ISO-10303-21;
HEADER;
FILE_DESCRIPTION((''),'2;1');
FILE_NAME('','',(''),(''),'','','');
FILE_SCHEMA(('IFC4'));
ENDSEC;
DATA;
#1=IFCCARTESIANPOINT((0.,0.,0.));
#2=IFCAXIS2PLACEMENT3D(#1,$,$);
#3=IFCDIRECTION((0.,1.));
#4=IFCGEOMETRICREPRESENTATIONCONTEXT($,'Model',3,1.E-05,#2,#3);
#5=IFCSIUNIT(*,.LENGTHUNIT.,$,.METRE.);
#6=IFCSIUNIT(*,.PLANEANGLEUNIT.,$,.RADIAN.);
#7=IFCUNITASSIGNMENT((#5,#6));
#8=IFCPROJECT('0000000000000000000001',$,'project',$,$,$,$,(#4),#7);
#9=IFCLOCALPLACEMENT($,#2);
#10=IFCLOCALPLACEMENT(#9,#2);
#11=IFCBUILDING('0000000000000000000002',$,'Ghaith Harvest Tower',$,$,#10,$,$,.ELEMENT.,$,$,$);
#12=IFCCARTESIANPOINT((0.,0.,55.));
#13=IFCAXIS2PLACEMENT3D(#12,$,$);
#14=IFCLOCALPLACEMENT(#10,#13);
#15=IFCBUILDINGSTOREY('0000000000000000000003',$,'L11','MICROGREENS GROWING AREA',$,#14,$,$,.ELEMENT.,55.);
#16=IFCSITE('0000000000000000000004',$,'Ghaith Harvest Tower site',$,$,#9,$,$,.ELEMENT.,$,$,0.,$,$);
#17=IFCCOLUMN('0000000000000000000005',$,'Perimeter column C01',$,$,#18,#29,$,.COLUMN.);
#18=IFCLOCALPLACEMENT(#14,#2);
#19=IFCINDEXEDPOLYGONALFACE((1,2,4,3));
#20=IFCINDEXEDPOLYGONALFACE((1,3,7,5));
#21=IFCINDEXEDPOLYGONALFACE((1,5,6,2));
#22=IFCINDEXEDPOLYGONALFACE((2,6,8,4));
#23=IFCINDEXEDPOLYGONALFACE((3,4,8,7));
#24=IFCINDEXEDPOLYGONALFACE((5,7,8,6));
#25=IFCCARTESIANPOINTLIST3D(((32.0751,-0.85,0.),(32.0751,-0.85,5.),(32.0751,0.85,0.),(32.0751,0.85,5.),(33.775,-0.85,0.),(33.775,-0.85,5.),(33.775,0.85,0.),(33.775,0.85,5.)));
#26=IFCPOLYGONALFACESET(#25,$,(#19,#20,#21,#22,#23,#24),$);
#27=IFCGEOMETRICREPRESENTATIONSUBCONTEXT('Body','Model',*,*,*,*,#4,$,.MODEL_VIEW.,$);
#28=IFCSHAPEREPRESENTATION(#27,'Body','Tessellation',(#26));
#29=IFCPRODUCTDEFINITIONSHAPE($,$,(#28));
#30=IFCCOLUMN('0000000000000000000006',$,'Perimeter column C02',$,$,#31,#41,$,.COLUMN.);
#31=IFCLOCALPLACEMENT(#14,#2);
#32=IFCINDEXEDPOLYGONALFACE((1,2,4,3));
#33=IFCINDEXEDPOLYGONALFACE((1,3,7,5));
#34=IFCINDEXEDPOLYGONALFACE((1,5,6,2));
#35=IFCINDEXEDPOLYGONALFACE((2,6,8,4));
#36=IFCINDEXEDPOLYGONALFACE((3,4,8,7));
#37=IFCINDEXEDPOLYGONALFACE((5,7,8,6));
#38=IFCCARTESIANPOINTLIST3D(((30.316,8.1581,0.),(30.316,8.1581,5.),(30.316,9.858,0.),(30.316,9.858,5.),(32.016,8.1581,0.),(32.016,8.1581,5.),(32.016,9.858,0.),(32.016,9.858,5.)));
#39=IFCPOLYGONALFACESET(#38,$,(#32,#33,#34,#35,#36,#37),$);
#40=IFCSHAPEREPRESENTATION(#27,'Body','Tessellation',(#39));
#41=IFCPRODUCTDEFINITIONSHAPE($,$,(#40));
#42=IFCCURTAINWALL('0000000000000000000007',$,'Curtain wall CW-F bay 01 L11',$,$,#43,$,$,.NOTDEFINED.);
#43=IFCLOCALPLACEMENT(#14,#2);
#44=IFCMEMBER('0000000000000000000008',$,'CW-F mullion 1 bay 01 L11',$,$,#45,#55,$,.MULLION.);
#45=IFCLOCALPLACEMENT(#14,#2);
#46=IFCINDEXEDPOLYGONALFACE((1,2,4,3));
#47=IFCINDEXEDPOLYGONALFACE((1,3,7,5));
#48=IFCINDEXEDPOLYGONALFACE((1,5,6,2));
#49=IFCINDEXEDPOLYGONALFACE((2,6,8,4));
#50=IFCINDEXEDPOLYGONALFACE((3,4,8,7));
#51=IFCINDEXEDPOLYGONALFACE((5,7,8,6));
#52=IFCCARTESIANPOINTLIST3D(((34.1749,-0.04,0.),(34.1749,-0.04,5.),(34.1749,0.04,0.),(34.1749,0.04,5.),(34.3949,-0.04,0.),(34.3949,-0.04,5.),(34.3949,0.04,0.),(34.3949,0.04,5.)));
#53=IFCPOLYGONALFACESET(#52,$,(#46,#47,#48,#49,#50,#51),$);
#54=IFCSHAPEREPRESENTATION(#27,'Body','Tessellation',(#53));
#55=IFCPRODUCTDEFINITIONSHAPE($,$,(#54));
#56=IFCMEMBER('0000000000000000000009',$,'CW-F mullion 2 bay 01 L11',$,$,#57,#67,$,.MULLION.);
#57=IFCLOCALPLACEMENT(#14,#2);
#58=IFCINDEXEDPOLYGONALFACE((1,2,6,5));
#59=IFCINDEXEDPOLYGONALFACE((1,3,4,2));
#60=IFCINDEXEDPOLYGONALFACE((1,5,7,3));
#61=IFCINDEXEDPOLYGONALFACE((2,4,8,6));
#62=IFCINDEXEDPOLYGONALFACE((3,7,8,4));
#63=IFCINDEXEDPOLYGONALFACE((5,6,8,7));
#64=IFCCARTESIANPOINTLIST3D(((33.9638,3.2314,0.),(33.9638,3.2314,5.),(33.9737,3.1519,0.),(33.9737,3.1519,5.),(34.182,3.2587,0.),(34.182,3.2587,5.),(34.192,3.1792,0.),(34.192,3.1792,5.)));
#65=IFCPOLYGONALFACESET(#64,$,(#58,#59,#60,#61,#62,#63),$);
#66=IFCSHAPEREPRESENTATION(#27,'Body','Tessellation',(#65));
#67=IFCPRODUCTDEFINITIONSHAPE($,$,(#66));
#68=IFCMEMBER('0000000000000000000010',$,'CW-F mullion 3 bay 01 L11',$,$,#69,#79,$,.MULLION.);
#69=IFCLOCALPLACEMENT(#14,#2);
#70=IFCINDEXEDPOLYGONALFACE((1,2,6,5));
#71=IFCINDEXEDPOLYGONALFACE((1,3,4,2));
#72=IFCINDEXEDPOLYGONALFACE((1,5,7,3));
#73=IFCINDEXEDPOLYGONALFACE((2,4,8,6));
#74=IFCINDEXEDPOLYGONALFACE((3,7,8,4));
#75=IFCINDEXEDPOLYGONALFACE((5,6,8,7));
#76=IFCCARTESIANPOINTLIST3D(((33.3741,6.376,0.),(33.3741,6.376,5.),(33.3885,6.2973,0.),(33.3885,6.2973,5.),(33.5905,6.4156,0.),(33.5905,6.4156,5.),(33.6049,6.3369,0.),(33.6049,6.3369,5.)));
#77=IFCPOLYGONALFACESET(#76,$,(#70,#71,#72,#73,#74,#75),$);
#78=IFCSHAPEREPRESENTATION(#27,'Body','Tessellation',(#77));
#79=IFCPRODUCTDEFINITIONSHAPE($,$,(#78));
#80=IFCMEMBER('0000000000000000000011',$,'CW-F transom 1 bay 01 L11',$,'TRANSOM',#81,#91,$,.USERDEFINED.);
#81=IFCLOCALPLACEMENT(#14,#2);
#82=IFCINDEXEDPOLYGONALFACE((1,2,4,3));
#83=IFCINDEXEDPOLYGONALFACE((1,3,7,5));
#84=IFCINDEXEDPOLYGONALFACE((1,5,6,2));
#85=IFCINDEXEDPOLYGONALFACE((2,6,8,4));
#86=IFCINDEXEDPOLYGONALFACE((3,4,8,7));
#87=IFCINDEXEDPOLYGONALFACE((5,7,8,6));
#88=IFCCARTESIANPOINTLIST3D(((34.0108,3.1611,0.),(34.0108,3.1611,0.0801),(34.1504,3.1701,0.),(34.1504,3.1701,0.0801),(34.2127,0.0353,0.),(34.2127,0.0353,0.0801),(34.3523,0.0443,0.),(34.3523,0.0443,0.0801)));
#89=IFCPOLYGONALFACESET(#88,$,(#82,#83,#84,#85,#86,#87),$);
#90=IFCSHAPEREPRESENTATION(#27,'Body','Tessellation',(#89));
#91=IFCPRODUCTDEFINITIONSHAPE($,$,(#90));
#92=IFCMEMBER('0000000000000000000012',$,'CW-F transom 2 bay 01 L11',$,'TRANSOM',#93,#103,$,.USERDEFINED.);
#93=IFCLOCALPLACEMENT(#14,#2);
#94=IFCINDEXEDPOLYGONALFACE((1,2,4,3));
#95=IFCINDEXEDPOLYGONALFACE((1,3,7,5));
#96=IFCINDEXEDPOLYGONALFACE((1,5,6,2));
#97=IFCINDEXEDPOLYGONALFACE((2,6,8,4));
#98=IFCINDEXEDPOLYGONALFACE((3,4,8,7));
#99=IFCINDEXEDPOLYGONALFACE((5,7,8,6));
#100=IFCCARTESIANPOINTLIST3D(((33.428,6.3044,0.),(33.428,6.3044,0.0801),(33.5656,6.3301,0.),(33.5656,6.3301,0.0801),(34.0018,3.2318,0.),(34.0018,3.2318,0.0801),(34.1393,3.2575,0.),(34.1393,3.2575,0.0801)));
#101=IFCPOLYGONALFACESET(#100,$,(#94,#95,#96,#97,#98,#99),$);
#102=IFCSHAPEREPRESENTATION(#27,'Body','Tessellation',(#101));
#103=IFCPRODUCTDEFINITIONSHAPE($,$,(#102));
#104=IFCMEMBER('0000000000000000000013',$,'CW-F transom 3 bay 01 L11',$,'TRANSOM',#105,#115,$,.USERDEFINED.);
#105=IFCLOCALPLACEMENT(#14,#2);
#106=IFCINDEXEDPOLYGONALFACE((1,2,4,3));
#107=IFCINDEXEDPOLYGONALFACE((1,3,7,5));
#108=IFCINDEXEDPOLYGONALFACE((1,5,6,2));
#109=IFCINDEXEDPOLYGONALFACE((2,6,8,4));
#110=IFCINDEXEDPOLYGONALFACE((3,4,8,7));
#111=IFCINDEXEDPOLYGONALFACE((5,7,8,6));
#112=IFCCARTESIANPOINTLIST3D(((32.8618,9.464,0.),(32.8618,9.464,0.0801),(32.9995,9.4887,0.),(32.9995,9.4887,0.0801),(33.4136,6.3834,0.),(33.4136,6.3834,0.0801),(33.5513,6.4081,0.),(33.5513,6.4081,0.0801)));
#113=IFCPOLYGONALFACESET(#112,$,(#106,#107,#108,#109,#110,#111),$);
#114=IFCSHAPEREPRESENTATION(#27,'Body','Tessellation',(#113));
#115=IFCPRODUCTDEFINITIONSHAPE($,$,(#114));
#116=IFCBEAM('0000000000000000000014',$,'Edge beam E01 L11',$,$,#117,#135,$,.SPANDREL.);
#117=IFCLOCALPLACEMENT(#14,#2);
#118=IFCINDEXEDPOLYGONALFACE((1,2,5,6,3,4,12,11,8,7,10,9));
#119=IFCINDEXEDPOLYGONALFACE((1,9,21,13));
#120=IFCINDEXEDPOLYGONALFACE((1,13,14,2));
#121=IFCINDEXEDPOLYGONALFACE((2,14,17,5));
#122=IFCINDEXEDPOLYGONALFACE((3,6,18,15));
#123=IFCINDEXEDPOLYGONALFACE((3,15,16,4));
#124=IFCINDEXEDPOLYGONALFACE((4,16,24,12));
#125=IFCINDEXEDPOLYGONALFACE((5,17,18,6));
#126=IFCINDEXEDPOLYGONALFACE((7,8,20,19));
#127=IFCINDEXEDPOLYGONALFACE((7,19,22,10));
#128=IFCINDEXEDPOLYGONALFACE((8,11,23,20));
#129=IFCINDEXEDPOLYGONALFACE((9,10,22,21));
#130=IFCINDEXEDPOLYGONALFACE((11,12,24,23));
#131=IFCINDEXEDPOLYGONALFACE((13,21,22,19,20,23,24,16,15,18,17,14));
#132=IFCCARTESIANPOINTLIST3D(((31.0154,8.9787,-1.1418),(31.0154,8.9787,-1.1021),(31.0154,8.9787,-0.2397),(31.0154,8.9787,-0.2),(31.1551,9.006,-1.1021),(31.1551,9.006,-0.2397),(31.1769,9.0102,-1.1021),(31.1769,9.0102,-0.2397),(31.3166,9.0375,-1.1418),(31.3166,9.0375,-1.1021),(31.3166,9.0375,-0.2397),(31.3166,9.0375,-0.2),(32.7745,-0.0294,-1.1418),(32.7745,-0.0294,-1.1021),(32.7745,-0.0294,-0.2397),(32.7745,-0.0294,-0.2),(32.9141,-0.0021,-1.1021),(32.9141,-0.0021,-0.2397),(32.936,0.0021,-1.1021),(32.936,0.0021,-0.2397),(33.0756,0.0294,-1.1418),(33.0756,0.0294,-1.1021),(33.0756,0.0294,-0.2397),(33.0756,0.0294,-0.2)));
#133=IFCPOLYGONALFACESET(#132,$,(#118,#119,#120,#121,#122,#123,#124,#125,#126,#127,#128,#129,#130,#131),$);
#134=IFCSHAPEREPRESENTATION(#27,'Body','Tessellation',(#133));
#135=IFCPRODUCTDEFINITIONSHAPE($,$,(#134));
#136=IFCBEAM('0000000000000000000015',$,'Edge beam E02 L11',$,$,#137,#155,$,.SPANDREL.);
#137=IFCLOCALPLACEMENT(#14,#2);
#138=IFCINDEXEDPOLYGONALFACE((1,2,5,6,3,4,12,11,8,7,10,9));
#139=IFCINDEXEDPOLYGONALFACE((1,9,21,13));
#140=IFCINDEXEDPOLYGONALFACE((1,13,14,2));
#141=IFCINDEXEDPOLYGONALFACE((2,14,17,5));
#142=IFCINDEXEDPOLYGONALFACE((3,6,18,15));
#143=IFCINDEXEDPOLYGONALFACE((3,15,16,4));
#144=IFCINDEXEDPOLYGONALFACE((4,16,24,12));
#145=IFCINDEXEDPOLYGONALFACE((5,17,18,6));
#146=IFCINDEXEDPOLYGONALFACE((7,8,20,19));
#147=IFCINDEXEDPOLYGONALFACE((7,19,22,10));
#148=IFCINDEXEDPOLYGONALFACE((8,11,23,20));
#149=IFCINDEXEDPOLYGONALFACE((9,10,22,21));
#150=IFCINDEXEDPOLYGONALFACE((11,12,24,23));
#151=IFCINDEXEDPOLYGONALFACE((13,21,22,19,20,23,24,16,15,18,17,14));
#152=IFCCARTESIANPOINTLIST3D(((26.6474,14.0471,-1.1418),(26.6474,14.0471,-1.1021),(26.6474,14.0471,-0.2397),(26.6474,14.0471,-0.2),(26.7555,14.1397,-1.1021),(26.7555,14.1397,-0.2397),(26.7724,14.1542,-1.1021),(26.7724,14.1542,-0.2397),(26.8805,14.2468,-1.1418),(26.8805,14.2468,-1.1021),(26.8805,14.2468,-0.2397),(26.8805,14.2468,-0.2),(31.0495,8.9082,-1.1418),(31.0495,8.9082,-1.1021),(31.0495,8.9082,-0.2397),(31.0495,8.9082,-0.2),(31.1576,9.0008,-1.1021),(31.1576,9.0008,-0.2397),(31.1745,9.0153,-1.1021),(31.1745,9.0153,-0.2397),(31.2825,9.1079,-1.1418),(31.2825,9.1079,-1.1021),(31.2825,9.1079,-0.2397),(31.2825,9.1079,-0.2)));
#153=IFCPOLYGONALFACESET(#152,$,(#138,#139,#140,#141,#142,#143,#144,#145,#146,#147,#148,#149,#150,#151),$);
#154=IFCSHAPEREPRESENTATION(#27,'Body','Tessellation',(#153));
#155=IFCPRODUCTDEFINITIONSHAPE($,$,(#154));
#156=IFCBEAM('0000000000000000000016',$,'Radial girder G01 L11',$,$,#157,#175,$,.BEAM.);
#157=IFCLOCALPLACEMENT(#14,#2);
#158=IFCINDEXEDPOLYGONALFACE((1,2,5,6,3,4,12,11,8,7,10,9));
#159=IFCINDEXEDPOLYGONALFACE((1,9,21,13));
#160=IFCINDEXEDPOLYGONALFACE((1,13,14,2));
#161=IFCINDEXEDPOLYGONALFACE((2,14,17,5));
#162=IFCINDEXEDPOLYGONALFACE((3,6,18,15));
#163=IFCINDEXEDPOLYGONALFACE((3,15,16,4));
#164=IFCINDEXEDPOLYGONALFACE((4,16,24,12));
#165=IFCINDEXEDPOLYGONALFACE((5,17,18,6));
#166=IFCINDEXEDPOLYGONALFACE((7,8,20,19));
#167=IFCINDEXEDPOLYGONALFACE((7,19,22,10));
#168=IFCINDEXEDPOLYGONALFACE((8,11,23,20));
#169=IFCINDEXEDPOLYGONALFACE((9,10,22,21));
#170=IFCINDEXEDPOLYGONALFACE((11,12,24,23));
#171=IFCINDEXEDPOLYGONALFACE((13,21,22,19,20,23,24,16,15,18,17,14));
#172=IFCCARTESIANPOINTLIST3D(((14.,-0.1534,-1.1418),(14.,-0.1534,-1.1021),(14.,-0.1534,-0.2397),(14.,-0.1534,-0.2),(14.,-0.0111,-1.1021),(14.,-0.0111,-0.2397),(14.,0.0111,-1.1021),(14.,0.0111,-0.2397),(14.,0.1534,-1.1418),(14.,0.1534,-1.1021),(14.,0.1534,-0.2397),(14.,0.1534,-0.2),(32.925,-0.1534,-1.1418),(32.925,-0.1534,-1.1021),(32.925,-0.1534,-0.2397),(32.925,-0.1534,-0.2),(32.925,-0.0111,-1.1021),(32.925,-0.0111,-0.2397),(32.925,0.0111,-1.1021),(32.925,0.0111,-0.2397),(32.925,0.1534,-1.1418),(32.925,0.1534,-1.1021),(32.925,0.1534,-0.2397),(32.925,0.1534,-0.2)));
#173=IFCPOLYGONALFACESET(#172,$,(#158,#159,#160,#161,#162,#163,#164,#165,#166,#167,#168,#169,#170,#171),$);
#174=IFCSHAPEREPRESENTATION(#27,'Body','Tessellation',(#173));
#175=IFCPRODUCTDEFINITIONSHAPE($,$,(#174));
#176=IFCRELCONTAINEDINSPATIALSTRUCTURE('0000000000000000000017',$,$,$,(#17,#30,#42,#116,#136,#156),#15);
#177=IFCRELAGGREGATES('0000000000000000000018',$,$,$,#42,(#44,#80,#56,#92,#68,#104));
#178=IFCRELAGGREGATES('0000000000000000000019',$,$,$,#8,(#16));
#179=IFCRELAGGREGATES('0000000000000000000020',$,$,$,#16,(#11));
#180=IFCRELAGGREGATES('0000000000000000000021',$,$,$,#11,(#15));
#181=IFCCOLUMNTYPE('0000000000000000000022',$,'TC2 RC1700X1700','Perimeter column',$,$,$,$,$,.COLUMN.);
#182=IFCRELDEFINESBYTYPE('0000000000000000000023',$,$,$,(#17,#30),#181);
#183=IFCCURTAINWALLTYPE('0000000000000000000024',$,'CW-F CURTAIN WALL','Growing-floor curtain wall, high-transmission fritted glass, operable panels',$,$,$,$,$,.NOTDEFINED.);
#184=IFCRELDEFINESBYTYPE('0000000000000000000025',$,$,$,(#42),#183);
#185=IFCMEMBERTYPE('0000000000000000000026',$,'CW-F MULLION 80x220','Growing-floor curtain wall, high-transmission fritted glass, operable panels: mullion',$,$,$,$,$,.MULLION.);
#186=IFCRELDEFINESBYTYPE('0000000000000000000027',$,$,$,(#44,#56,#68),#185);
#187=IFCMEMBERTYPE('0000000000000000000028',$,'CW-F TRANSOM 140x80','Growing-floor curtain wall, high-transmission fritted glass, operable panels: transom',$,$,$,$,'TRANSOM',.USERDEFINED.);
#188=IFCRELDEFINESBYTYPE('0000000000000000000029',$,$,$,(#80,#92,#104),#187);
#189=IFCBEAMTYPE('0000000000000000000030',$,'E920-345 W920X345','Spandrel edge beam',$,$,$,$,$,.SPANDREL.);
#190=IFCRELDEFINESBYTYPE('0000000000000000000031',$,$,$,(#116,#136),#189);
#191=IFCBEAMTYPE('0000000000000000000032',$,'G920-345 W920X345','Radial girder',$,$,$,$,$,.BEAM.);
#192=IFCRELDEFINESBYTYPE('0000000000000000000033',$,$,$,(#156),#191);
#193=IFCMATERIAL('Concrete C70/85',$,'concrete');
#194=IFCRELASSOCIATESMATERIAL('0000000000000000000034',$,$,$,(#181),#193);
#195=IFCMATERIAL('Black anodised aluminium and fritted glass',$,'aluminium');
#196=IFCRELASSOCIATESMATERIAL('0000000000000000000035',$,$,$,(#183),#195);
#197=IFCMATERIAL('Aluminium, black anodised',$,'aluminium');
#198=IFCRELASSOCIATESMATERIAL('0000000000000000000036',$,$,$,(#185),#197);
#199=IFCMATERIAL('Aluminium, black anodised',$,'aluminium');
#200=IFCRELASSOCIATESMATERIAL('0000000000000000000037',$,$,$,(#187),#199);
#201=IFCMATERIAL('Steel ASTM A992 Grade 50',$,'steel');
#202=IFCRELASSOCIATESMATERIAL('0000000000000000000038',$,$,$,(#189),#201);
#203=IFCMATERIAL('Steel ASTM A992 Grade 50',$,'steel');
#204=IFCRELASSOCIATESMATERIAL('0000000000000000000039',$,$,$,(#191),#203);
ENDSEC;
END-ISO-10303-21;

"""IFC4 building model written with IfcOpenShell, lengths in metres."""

from ifc_helpers import new_model, si_unit, direction, frame, origin, origin_2d, place, context, subcontext, project, spatial, rectangle, i_section, extrude, material, material_profile, profile_set, type_object, element, aggregate, save


model = new_model("IFC4")

# Units and contexts
model_context = context("Model", 3, precision=1e-05, world=origin(), true_north=direction((0.0, 1.0)))
body_context = subcontext(model_context, "Body", "Model", "MODEL_VIEW")
ifc_project = project(units=[si_unit("LENGTHUNIT", "METRE"), si_unit("PLANEANGLEUNIT", "RADIAN")], contexts=[model_context])

# Site, building, storey
site_placement = place(None, origin())
site = spatial("IfcSite", under=ifc_project, at=site_placement, Name="Ghaith Harvest Tower site", CompositionType="ELEMENT", RefElevation=0.0)
building_placement = place(site_placement, origin())
building = spatial("IfcBuilding", under=site, at=building_placement, Name="Ghaith Harvest Tower", CompositionType="ELEMENT")
storey_placement = place(building_placement, frame((0.0, 0.0, 55.0)))
storey = spatial("IfcBuildingStorey", under=building, at=storey_placement, Name="L11", Description="MICROGREENS GROWING AREA", CompositionType="ELEMENT", Elevation=55.0)

# Columns
ifc_material_1 = material(Name="Concrete C70/85", Category="concrete")
ifc_material_profile_1 = material_profile(ifc_material_1, rectangle(XDim=1.7, YDim=1.7, at=origin_2d()), Name="RC1700X1700")
ifc_profile_set_1 = profile_set([ifc_material_profile_1], Name="Concrete C70/85")
column_type = type_object("IfcColumnType", Name="TC2 RC1700X1700", Description="Perimeter column", PredefinedType="COLUMN", material=ifc_profile_set_1)
for number, where, z_axis, x_axis, name in (
    (1, (32.925, 0.0, 0.0), (0.0, 0.0, 1.0), (1.0, 0.0, 0.0), "Perimeter column C01"),
    (2, (31.166, 9.0081, 0.0), (0.0, 0.0, 1.0), (1.0, 0.0, 0.0), "Perimeter column C02"),
):
    element("IfcColumn", number, at=place(storey_placement, frame(where, z_axis=z_axis, x_axis=x_axis)), inside=storey, type_object=column_type, Name=name, PredefinedType="COLUMN", context=body_context, shape_type="SweptSolid", body=[
        extrude(rectangle(XDim=1.7, YDim=1.7, at=origin_2d()), origin(), (0.0, 0.0, 1.0), 5.0),
    ])

# Curtain wall, members
ifc_material_2 = material(Name="Black anodised aluminium and fritted glass", Category="aluminium")
curtain_wall_type = type_object("IfcCurtainWallType", Name="CW-F CURTAIN WALL", Description="Growing-floor curtain wall, high-transmission fritted glass, operable panels", PredefinedType="NOTDEFINED", material=ifc_material_2)
curtain_wall_placement = place(storey_placement, origin())
curtain_wall = element("IfcCurtainWall", 3, at=curtain_wall_placement, inside=storey, type_object=curtain_wall_type, Name="Curtain wall CW-F bay 01 L11", PredefinedType="NOTDEFINED")
ifc_material_3 = material(Name="Aluminium, black anodised", Category="aluminium")
ifc_material_profile_2 = material_profile(ifc_material_3, rectangle(XDim=0.0801, YDim=0.22, at=origin_2d()), Name="CW-F MULLION 80x220")
ifc_profile_set_2 = profile_set([ifc_material_profile_2], Name="Aluminium, black anodised")
member_type_1 = type_object("IfcMemberType", Name="CW-F MULLION 80x220", Description="Growing-floor curtain wall, high-transmission fritted glass, operable panels: mullion", PredefinedType="MULLION", material=ifc_profile_set_2)
member_1_placement = place(storey_placement, frame((34.2849, 0.0, 0.0), z_axis=(0.0, 0.0, 1.0), x_axis=(0.0, 1.0, 0.0)))
member_1 = element("IfcMember", 4, at=member_1_placement, type_object=member_type_1, Name="CW-F mullion 1 bay 01 L11", PredefinedType="MULLION", context=body_context, shape_type="SweptSolid", body=[
    extrude(rectangle(XDim=0.0801, YDim=0.22, at=origin_2d()), origin(), (0.0, 0.0, 1.0), 5.0),
])
member_2_placement = place(storey_placement, frame((34.0779, 3.2053, 0.0), z_axis=(0.0, 0.0, 1.0), x_axis=(-0.12417, 0.992261, 0.0)))
member_2 = element("IfcMember", 5, at=member_2_placement, type_object=member_type_1, Name="CW-F mullion 2 bay 01 L11", PredefinedType="MULLION", context=body_context, shape_type="SweptSolid", body=[
    extrude(rectangle(XDim=0.0801, YDim=0.22, at=origin_2d()), origin(), (0.0, 0.0, 1.0), 5.0),
])
member_3_placement = place(storey_placement, frame((33.4895, 6.3564, 0.0), z_axis=(0.0, 0.0, 1.0), x_axis=(-0.179943, 0.983677, 0.0)))
member_3 = element("IfcMember", 6, at=member_3_placement, type_object=member_type_1, Name="CW-F mullion 3 bay 01 L11", PredefinedType="MULLION", context=body_context, shape_type="SweptSolid", body=[
    extrude(rectangle(XDim=0.0801, YDim=0.22, at=origin_2d()), origin(), (0.0, 0.0, 1.0), 5.0),
])
ifc_material_4 = material(Name="Aluminium, black anodised", Category="aluminium")
ifc_material_profile_3 = material_profile(ifc_material_4, rectangle(XDim=0.1399, YDim=0.0801, at=origin_2d()), Name="CW-F TRANSOM 140x80")
ifc_profile_set_3 = profile_set([ifc_material_profile_3], Name="Aluminium, black anodised")
member_type_2 = type_object("IfcMemberType", Name="CW-F TRANSOM 140x80", Description="Growing-floor curtain wall, high-transmission fritted glass, operable panels: transom", ElementType="TRANSOM", PredefinedType="USERDEFINED", material=ifc_profile_set_3)
member_4_placement = place(storey_placement, frame((34.2825, 0.0398, 0.04), z_axis=(-0.06446, 0.99792, 0.0), x_axis=(-0.99792, -0.06446, 0.0)))
member_4 = element("IfcMember", 7, at=member_4_placement, type_object=member_type_2, Name="CW-F transom 1 bay 01 L11", ObjectType="TRANSOM", PredefinedType="USERDEFINED", context=body_context, shape_type="SweptSolid", body=[
    extrude(rectangle(XDim=0.1399, YDim=0.0801, at=origin_2d()), origin(), (0.0, 0.0, 1.0), 3.1323),
])
member_5_placement = place(storey_placement, frame((34.0706, 3.2446, 0.04), z_axis=(-0.183557, 0.983009, 0.0), x_axis=(-0.983009, -0.183557, 0.0)))
member_5 = element("IfcMember", 8, at=member_5_placement, type_object=member_type_2, Name="CW-F transom 2 bay 01 L11", ObjectType="TRANSOM", PredefinedType="USERDEFINED", context=body_context, shape_type="SweptSolid", body=[
    extrude(rectangle(XDim=0.1399, YDim=0.0801, at=origin_2d()), origin(), (0.0, 0.0, 1.0), 3.1257),
])
member_6_placement = place(storey_placement, frame((33.4824, 6.3958, 0.04), z_axis=(-0.176304, 0.984336, 0.0), x_axis=(-0.984336, -0.176304, 0.0)))
member_6 = element("IfcMember", 9, at=member_6_placement, type_object=member_type_2, Name="CW-F transom 3 bay 01 L11", ObjectType="TRANSOM", PredefinedType="USERDEFINED", context=body_context, shape_type="SweptSolid", body=[
    extrude(rectangle(XDim=0.1399, YDim=0.0801, at=origin_2d()), origin(), (0.0, 0.0, 1.0), 3.1296),
])

# Beams
ifc_material_5 = material(Name="Steel ASTM A992 Grade 50", Category="steel")
ifc_material_profile_4 = material_profile(ifc_material_5, i_section(OverallWidth=0.3069, OverallDepth=0.9419, WebThickness=0.0222, FlangeThickness=0.0398, at=origin_2d()), Name="W920X345")
ifc_profile_set_4 = profile_set([ifc_material_profile_4], Name="Steel ASTM A992 Grade 50")
beam_type_1 = type_object("IfcBeamType", Name="E920-345 W920X345", Description="Spandrel edge beam", PredefinedType="SPANDREL", material=ifc_profile_set_4)
beam_1_placement = place(storey_placement, frame((32.925, 0.0, -0.6709), z_axis=(-0.191653, 0.981463, 0.0), x_axis=(-0.981463, -0.191653, 0.0)))
element("IfcBeam", 10, at=beam_1_placement, inside=storey, type_object=beam_type_1, Name="Edge beam E01 L11", PredefinedType="SPANDREL", context=body_context, shape_type="SweptSolid", body=[
    extrude(i_section(OverallWidth=0.3069, OverallDepth=0.9419, WebThickness=0.0222, FlangeThickness=0.0398, at=origin_2d()), origin(), (0.0, 0.0, 1.0), 9.1782),
])
beam_2_placement = place(storey_placement, frame((31.166, 9.0081, -0.6709), z_axis=(-0.650563, 0.759453, 0.0), x_axis=(-0.759453, -0.650563, 0.0)))
element("IfcBeam", 11, at=beam_2_placement, inside=storey, type_object=beam_type_1, Name="Edge beam E02 L11", PredefinedType="SPANDREL", context=body_context, shape_type="SweptSolid", body=[
    extrude(i_section(OverallWidth=0.3069, OverallDepth=0.9419, WebThickness=0.0222, FlangeThickness=0.0398, at=origin_2d()), origin(), (0.0, 0.0, 1.0), 6.7666),
])
ifc_material_6 = material(Name="Steel ASTM A992 Grade 50", Category="steel")
ifc_material_profile_5 = material_profile(ifc_material_6, i_section(OverallWidth=0.3069, OverallDepth=0.9419, WebThickness=0.0222, FlangeThickness=0.0398, at=origin_2d()), Name="W920X345")
ifc_profile_set_5 = profile_set([ifc_material_profile_5], Name="Steel ASTM A992 Grade 50")
beam_type_2 = type_object("IfcBeamType", Name="G920-345 W920X345", Description="Radial girder", PredefinedType="BEAM", material=ifc_profile_set_5)
beam_3_placement = place(storey_placement, frame((14.0, 0.0, -0.6709), z_axis=(1.0, 0.0, 0.0), x_axis=(0.0, 1.0, 0.0)))
element("IfcBeam", 12, at=beam_3_placement, inside=storey, type_object=beam_type_2, Name="Radial girder G01 L11", PredefinedType="BEAM", context=body_context, shape_type="SweptSolid", body=[
    extrude(i_section(OverallWidth=0.3069, OverallDepth=0.9419, WebThickness=0.0222, FlangeThickness=0.0398, at=origin_2d()), origin(), (0.0, 0.0, 1.0), 18.925),
])

aggregate(curtain_wall, [member_1, member_4, member_2, member_5, member_3, member_6])

save(model, "model.ifc")
